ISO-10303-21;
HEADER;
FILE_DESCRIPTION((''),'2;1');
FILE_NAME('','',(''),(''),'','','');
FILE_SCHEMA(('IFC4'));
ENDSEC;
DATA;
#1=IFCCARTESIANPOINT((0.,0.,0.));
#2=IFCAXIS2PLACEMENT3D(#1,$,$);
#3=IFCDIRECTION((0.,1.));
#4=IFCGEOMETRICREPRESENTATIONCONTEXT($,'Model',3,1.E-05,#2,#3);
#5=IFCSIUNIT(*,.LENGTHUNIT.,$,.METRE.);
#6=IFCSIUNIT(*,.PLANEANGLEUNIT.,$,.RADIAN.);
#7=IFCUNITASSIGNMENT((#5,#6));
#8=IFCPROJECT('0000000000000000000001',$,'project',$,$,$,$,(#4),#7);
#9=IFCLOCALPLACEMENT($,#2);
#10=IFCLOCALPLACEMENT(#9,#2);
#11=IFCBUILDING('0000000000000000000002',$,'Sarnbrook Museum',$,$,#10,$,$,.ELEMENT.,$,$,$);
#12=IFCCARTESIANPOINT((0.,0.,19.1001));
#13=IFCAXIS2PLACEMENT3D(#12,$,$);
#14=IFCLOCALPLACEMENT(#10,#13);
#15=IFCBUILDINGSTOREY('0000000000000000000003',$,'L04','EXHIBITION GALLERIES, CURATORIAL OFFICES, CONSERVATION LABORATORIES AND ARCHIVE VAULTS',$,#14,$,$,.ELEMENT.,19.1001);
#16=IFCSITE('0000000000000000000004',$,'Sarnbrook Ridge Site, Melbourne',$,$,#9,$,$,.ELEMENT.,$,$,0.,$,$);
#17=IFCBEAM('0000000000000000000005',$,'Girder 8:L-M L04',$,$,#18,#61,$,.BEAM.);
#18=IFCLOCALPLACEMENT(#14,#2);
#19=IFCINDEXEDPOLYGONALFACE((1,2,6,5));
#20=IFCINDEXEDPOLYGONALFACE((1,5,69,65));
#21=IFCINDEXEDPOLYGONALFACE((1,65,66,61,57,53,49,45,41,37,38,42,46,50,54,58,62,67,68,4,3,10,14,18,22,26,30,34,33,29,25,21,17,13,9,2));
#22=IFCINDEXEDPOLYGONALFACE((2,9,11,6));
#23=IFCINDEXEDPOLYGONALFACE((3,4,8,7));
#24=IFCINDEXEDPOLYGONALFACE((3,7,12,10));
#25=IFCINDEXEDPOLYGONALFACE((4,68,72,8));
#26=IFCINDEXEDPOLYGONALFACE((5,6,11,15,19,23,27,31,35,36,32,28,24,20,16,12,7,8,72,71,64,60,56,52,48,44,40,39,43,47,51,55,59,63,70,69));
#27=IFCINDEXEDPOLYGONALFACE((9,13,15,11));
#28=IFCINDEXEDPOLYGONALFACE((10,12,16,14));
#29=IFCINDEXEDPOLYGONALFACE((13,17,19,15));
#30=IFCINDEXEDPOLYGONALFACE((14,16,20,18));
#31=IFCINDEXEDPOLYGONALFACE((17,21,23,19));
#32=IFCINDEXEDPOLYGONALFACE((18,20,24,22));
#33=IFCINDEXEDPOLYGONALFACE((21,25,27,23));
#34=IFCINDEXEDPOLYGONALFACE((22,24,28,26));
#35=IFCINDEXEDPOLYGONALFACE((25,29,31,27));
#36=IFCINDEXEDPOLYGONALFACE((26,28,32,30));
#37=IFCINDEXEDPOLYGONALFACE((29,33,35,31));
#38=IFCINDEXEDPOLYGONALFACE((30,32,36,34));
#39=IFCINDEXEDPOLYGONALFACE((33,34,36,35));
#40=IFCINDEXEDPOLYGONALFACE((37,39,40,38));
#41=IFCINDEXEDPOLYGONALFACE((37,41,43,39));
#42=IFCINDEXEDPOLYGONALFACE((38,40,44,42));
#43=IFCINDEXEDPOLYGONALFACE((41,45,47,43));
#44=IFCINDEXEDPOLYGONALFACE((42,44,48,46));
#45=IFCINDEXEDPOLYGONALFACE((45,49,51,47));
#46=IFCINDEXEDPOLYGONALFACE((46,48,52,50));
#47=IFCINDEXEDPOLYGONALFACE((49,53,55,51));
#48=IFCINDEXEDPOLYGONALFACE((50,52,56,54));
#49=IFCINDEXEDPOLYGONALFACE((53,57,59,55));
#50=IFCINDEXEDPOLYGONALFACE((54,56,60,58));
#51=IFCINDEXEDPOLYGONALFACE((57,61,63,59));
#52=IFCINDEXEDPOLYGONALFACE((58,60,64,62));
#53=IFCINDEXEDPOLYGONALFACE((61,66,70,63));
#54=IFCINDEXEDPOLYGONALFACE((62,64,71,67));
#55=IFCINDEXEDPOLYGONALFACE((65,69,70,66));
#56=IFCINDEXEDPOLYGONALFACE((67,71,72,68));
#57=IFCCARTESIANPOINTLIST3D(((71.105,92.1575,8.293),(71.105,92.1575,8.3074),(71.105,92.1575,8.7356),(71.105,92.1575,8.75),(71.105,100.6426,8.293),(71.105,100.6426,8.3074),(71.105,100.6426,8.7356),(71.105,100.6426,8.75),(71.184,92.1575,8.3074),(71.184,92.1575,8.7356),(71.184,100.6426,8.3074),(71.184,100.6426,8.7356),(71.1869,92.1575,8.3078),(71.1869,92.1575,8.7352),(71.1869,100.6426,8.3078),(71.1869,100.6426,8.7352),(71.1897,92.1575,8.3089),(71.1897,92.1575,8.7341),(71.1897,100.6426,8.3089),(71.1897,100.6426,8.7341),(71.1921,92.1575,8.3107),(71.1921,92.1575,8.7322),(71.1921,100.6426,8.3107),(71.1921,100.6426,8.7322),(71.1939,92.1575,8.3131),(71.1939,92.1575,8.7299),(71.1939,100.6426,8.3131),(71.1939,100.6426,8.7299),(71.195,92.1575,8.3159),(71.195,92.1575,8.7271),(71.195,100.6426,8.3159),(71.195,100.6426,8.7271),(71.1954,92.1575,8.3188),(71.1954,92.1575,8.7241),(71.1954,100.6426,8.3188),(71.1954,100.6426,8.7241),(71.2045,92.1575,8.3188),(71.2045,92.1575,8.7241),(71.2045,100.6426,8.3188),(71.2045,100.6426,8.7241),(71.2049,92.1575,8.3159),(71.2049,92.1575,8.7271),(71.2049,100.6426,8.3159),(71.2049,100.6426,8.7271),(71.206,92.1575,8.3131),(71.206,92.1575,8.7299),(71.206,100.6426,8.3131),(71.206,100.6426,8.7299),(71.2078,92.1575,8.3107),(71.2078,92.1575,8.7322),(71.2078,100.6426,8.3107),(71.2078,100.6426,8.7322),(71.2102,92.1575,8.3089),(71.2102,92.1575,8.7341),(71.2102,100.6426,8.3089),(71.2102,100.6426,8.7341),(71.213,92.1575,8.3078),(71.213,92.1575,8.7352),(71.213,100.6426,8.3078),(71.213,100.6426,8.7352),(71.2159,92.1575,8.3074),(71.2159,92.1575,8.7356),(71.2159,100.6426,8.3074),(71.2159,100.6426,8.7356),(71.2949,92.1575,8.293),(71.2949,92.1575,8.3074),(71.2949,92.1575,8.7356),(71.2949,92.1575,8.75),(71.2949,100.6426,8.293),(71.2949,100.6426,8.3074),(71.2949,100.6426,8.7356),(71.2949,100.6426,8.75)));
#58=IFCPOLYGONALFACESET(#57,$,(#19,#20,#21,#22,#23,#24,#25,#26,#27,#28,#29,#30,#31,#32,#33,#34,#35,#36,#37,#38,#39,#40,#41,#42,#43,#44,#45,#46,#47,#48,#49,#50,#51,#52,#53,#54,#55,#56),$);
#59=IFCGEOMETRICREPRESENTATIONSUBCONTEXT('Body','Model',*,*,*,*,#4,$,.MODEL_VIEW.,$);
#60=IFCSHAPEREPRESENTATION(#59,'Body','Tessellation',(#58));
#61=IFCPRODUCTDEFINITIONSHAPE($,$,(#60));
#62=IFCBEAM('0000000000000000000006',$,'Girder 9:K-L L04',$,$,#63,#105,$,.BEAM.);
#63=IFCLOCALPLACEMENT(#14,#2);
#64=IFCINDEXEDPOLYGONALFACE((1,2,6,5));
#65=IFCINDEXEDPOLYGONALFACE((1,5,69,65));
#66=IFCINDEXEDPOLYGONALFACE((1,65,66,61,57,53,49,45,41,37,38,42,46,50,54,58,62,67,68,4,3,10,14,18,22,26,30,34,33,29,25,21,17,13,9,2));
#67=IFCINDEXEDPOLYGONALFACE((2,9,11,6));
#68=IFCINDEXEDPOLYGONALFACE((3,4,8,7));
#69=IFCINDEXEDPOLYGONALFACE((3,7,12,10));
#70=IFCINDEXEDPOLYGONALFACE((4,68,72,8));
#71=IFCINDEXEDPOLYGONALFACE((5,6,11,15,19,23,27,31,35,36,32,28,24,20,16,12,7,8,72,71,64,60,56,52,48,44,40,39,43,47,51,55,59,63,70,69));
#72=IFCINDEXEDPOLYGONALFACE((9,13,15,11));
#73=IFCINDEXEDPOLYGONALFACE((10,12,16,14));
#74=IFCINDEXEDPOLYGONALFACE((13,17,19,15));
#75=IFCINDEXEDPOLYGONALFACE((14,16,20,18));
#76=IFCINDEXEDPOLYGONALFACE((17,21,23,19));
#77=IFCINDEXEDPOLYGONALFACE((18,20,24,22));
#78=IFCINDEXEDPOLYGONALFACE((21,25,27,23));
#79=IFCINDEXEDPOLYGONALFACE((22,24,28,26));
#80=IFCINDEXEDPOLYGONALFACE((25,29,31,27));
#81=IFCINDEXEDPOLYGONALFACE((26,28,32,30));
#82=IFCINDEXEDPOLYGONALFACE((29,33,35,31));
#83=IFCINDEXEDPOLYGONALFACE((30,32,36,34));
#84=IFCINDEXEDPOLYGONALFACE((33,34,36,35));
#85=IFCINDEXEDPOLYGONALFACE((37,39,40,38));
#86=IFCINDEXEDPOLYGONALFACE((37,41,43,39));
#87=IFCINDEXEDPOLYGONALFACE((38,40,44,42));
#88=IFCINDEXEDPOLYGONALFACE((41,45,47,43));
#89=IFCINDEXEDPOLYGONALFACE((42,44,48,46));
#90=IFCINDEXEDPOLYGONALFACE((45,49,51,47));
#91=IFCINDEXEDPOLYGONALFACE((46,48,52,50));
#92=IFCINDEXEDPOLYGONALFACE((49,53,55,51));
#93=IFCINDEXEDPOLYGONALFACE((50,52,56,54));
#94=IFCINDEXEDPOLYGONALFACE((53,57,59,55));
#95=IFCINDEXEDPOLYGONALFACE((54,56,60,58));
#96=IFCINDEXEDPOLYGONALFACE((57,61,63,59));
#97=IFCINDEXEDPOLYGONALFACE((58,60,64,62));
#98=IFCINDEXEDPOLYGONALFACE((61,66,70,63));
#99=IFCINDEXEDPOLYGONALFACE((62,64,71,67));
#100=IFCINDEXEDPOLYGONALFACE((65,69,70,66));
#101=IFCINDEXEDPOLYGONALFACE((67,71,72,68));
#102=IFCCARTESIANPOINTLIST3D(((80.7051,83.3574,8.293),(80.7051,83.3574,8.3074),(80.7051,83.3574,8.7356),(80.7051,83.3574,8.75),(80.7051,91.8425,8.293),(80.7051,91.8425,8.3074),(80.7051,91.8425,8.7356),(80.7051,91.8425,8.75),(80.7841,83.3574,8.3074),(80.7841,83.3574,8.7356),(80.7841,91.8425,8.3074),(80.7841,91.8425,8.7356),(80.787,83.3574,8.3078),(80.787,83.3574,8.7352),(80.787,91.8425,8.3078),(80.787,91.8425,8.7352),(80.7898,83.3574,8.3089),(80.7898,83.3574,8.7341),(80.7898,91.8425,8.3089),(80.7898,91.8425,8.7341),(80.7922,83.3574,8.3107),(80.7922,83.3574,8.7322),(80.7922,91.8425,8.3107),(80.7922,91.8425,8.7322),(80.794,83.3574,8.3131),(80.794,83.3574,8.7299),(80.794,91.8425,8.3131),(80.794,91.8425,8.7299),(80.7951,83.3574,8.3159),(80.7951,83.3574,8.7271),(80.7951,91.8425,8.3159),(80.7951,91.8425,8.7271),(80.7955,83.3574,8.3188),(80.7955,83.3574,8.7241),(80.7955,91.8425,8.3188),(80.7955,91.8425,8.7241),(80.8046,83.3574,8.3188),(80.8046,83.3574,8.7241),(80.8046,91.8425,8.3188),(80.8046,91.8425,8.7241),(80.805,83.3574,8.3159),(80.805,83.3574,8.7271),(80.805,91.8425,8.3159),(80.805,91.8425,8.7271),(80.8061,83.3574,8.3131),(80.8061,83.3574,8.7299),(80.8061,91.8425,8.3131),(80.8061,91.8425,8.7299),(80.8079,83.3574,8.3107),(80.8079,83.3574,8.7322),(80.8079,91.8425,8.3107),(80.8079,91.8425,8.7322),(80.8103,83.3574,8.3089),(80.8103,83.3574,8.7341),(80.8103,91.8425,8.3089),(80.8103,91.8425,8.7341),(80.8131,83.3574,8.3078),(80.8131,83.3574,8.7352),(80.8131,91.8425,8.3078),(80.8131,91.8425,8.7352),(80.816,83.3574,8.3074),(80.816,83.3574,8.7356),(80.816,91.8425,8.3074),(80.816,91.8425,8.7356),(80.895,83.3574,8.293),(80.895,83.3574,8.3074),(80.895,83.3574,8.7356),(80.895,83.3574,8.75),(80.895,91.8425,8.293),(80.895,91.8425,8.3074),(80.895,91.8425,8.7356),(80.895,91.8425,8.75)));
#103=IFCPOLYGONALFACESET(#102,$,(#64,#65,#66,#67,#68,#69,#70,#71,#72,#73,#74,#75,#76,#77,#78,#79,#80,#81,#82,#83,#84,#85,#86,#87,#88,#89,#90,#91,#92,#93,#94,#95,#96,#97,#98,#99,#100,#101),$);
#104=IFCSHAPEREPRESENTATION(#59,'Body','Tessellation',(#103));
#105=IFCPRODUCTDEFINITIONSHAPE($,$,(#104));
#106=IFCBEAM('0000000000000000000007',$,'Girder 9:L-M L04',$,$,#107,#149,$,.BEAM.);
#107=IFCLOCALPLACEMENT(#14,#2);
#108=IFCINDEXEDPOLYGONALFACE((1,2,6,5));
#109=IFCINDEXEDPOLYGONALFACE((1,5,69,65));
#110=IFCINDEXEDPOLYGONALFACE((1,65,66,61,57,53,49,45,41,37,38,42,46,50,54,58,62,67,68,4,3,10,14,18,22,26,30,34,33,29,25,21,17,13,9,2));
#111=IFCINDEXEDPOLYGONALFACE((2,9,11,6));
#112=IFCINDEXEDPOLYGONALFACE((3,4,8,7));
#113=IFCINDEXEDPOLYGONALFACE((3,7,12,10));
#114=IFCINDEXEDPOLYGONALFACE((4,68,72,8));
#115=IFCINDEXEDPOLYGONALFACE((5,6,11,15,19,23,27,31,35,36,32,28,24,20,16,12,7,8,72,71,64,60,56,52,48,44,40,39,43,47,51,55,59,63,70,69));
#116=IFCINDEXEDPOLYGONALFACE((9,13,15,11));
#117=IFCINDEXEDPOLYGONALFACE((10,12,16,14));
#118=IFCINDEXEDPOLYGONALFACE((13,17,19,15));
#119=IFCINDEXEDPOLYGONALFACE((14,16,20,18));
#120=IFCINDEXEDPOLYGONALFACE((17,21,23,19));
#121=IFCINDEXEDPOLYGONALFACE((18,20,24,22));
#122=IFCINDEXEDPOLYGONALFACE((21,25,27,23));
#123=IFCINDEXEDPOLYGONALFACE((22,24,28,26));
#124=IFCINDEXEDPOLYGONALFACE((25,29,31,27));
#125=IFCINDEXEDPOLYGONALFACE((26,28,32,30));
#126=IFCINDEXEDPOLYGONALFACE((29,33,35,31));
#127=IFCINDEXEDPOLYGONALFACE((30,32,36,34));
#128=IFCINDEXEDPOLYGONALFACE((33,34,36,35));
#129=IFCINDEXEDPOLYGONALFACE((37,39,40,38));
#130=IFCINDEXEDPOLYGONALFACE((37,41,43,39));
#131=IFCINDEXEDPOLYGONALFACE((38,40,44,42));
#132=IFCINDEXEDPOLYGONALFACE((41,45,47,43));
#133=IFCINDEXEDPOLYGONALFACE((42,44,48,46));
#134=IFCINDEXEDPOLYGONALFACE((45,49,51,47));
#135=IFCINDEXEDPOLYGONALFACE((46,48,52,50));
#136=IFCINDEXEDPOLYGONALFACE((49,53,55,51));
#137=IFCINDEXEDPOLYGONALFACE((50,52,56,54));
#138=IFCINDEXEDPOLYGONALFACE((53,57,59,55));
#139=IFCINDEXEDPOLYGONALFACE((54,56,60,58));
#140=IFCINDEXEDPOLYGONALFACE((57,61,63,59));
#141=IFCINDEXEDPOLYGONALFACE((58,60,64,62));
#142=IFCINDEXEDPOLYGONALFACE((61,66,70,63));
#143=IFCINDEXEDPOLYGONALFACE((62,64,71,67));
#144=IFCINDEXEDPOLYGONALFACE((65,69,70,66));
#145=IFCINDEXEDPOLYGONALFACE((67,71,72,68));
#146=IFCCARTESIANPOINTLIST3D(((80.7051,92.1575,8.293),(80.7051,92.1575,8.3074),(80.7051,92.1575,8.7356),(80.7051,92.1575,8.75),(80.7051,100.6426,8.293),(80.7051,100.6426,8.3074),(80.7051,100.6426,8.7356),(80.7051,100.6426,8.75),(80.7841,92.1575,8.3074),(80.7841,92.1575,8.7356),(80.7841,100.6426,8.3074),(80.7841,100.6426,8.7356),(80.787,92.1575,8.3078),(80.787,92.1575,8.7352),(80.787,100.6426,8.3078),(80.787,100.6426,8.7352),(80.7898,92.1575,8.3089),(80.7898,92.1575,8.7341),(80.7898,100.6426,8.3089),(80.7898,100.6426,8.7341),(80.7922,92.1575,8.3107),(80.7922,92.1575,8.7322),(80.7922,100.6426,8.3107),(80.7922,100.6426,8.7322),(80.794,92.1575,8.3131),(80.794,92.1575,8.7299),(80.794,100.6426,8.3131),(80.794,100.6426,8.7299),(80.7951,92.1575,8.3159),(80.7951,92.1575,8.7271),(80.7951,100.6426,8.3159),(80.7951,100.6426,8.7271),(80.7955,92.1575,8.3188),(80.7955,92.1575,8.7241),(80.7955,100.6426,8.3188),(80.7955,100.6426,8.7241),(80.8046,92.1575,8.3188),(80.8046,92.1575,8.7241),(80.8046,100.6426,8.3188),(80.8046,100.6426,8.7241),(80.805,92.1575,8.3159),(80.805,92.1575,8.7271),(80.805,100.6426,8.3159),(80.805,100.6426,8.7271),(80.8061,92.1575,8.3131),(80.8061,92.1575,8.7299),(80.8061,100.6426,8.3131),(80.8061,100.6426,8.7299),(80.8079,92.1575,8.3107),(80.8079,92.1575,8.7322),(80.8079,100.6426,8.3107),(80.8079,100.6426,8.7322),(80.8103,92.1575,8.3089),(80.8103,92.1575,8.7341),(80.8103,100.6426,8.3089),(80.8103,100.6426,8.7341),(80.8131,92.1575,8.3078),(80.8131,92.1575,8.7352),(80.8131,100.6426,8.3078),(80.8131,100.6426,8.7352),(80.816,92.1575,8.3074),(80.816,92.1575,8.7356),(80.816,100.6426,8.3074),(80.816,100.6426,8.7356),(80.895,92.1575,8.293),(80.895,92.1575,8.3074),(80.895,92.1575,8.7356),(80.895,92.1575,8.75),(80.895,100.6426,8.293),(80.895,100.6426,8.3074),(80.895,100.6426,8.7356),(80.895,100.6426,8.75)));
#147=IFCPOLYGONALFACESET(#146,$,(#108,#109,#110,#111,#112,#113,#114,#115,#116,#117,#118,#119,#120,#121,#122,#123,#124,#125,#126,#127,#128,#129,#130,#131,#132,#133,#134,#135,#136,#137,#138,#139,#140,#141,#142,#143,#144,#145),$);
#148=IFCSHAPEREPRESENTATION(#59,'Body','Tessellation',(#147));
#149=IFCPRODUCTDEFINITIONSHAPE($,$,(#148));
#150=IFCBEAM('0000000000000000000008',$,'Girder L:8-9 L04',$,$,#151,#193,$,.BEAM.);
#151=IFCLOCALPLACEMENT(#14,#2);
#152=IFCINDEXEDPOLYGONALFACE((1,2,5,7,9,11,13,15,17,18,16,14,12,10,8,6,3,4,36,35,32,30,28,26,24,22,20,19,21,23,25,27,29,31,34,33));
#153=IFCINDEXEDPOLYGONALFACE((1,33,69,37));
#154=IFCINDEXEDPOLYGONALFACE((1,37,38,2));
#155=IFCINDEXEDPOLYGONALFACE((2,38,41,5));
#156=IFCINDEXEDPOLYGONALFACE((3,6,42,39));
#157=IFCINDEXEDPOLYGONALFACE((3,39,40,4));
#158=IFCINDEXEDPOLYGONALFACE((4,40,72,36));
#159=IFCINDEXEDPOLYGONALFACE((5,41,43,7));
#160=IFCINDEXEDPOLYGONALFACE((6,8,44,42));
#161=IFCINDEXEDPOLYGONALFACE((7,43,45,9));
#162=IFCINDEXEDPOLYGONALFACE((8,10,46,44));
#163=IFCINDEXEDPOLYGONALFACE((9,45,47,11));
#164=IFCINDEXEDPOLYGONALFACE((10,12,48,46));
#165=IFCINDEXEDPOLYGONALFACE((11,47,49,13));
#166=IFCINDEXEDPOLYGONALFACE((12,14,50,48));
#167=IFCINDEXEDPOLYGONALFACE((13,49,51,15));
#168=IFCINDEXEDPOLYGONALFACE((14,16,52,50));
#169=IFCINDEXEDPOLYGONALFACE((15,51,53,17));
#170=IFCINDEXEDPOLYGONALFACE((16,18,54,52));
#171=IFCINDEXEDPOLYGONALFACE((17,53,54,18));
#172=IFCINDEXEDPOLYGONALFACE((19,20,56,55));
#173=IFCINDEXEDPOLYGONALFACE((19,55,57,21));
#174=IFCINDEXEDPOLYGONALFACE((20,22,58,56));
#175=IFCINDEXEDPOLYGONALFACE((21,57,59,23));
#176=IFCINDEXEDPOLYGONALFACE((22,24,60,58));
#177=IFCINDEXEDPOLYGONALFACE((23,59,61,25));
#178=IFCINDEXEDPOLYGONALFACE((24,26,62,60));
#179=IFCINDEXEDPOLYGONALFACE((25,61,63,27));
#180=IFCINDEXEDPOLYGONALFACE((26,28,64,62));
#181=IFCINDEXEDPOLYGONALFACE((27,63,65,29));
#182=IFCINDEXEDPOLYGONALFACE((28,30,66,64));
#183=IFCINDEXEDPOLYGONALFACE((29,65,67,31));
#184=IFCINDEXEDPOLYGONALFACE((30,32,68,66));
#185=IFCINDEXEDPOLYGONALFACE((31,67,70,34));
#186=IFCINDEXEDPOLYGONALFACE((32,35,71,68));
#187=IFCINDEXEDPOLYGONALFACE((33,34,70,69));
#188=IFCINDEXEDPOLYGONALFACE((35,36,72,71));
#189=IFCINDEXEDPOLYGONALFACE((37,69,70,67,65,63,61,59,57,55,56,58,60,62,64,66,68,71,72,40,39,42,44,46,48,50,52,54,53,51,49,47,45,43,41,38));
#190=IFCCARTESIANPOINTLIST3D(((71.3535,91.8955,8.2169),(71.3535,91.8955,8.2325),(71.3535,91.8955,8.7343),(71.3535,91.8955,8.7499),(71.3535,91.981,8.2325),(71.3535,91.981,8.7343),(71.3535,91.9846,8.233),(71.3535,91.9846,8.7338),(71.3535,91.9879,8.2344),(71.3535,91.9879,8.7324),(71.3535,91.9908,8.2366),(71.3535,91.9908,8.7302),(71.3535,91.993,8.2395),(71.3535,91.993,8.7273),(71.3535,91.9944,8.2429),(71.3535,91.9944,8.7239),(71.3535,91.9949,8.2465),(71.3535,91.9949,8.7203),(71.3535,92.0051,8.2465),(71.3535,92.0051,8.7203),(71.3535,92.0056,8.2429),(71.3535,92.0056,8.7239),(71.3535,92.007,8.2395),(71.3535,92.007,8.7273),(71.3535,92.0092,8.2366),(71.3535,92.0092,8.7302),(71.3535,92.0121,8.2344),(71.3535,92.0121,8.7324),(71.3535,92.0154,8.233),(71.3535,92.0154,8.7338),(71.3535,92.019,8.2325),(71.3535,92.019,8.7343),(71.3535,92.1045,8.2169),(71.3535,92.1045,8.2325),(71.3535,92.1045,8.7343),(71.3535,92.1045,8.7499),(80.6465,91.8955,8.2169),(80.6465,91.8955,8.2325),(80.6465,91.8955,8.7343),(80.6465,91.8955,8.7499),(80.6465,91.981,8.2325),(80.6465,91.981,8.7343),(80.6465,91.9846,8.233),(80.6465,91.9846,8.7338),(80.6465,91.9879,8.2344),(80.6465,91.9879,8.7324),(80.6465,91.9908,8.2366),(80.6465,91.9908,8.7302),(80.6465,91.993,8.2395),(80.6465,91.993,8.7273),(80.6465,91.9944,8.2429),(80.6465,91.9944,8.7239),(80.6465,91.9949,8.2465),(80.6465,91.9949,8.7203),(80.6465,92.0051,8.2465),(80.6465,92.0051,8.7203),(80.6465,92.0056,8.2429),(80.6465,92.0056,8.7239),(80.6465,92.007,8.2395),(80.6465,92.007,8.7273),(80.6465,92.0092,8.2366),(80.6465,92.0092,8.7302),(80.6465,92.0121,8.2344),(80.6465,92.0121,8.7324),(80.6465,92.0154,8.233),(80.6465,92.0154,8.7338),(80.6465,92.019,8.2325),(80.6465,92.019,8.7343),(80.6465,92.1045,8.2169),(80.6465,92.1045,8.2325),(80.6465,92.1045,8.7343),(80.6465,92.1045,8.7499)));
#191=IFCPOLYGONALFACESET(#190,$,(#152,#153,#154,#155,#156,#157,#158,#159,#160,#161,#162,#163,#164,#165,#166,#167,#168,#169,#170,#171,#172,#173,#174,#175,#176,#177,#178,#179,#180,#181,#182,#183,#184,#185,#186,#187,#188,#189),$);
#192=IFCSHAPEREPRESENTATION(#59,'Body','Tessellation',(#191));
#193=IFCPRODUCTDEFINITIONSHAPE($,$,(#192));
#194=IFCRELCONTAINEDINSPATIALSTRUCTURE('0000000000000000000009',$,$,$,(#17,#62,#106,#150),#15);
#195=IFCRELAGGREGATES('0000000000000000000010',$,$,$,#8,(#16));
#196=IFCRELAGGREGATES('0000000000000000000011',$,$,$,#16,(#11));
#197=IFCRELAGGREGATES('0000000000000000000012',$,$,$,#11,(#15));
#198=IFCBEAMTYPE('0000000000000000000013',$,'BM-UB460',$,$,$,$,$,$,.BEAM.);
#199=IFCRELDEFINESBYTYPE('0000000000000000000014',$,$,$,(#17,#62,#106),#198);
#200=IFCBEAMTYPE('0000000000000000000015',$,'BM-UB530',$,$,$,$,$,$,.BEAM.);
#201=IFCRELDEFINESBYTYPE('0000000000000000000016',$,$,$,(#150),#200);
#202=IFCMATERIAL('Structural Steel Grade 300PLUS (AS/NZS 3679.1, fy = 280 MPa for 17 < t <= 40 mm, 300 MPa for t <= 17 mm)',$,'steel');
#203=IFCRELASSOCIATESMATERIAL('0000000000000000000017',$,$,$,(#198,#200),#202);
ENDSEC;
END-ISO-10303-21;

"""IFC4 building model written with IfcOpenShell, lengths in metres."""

from ifc_helpers import new_model, si_unit, direction, frame, origin, origin_2d, place, context, subcontext, project, spatial, i_section, extrude, material, material_profile, profile_set, type_object, element, save


model = new_model("IFC4")

# Units and contexts
model_context = context("Model", 3, precision=1e-05, world=origin(), true_north=direction((0.0, 1.0)))
body_context = subcontext(model_context, "Body", "Model", "MODEL_VIEW")
ifc_project = project(units=[si_unit("LENGTHUNIT", "METRE"), si_unit("PLANEANGLEUNIT", "RADIAN")], contexts=[model_context])

# Site, building, storey
site_placement = place(None, origin())
site = spatial("IfcSite", under=ifc_project, at=site_placement, Name="Sarnbrook Ridge Site, Melbourne", CompositionType="ELEMENT", RefElevation=0.0)
building_placement = place(site_placement, origin())
building = spatial("IfcBuilding", under=site, at=building_placement, Name="Sarnbrook Museum", CompositionType="ELEMENT")
storey_placement = place(building_placement, frame((0.0, 0.0, 19.1001)))
storey = spatial("IfcBuildingStorey", under=building, at=storey_placement, Name="L04", Description="EXHIBITION GALLERIES, CURATORIAL OFFICES, CONSERVATION LABORATORIES AND ARCHIVE VAULTS", CompositionType="ELEMENT", Elevation=19.1001)

# Shared definitions
ifc_material_1 = material(Name="Structural Steel Grade 300PLUS (AS/NZS 3679.1, fy = 280 MPa for 17 < t <= 40 mm, 300 MPa for t <= 17 mm)", Category="steel")

# Beams
ifc_material_profile_1 = material_profile(ifc_material_1, i_section(OverallWidth=0.1899, OverallDepth=0.457, WebThickness=0.009, FlangeThickness=0.0144, FilletRadius=0.0115, at=origin_2d()), Name="460UB74.6")
ifc_profile_set_1 = profile_set([ifc_material_profile_1], Name="Structural Steel Grade 300PLUS (AS/NZS 3679.1, fy = 280 MPa for 17 < t <= 40 mm, 300 MPa for t <= 17 mm)")
beam_type_1 = type_object("IfcBeamType", Name="BM-UB460", PredefinedType="BEAM", material=ifc_profile_set_1)
for number, where, z_axis, x_axis, name in (
    (1, (71.2, 92.1575, 8.5215), (0.0, 1.0, 0.0), (-1.0, 0.0, 0.0), "Girder 8:L-M L04"),
    (2, (80.8, 83.3574, 8.5215), (0.0, 1.0, 0.0), (-1.0, 0.0, 0.0), "Girder 9:K-L L04"),
    (3, (80.8, 92.1575, 8.5215), (0.0, 1.0, 0.0), (-1.0, 0.0, 0.0), "Girder 9:L-M L04"),
):
    element("IfcBeam", number, at=place(storey_placement, frame(where, z_axis=z_axis, x_axis=x_axis)), inside=storey, type_object=beam_type_1, Name=name, PredefinedType="BEAM", context=body_context, shape_type="SweptSolid", body=[
        extrude(i_section(OverallWidth=0.1899, OverallDepth=0.457, WebThickness=0.009, FlangeThickness=0.0144, FilletRadius=0.0115, at=origin_2d()), origin(), (0.0, 0.0, 1.0), 8.4851),
    ])
ifc_material_profile_2 = material_profile(ifc_material_1, i_section(OverallWidth=0.209, OverallDepth=0.533, WebThickness=0.0103, FlangeThickness=0.0156, FilletRadius=0.0139, at=origin_2d()), Name="530UB92.4")
ifc_profile_set_2 = profile_set([ifc_material_profile_2], Name="Structural Steel Grade 300PLUS (AS/NZS 3679.1, fy = 280 MPa for 17 < t <= 40 mm, 300 MPa for t <= 17 mm)")
beam_type_2 = type_object("IfcBeamType", Name="BM-UB530", PredefinedType="BEAM", material=ifc_profile_set_2)
for number, where, z_axis, x_axis, name in (
    (4, (71.3535, 92.0, 8.4834), (1.0, 0.0, 0.0), (0.0, 1.0, 0.0), "Girder L:8-9 L04"),
):
    element("IfcBeam", number, at=place(storey_placement, frame(where, z_axis=z_axis, x_axis=x_axis)), inside=storey, type_object=beam_type_2, Name=name, PredefinedType="BEAM", context=body_context, shape_type="SweptSolid", body=[
        extrude(i_section(OverallWidth=0.209, OverallDepth=0.533, WebThickness=0.0103, FlangeThickness=0.0156, FilletRadius=0.0139, at=origin_2d()), origin(), (0.0, 0.0, 1.0), 9.293),
    ])

save(model, "model.ifc")
